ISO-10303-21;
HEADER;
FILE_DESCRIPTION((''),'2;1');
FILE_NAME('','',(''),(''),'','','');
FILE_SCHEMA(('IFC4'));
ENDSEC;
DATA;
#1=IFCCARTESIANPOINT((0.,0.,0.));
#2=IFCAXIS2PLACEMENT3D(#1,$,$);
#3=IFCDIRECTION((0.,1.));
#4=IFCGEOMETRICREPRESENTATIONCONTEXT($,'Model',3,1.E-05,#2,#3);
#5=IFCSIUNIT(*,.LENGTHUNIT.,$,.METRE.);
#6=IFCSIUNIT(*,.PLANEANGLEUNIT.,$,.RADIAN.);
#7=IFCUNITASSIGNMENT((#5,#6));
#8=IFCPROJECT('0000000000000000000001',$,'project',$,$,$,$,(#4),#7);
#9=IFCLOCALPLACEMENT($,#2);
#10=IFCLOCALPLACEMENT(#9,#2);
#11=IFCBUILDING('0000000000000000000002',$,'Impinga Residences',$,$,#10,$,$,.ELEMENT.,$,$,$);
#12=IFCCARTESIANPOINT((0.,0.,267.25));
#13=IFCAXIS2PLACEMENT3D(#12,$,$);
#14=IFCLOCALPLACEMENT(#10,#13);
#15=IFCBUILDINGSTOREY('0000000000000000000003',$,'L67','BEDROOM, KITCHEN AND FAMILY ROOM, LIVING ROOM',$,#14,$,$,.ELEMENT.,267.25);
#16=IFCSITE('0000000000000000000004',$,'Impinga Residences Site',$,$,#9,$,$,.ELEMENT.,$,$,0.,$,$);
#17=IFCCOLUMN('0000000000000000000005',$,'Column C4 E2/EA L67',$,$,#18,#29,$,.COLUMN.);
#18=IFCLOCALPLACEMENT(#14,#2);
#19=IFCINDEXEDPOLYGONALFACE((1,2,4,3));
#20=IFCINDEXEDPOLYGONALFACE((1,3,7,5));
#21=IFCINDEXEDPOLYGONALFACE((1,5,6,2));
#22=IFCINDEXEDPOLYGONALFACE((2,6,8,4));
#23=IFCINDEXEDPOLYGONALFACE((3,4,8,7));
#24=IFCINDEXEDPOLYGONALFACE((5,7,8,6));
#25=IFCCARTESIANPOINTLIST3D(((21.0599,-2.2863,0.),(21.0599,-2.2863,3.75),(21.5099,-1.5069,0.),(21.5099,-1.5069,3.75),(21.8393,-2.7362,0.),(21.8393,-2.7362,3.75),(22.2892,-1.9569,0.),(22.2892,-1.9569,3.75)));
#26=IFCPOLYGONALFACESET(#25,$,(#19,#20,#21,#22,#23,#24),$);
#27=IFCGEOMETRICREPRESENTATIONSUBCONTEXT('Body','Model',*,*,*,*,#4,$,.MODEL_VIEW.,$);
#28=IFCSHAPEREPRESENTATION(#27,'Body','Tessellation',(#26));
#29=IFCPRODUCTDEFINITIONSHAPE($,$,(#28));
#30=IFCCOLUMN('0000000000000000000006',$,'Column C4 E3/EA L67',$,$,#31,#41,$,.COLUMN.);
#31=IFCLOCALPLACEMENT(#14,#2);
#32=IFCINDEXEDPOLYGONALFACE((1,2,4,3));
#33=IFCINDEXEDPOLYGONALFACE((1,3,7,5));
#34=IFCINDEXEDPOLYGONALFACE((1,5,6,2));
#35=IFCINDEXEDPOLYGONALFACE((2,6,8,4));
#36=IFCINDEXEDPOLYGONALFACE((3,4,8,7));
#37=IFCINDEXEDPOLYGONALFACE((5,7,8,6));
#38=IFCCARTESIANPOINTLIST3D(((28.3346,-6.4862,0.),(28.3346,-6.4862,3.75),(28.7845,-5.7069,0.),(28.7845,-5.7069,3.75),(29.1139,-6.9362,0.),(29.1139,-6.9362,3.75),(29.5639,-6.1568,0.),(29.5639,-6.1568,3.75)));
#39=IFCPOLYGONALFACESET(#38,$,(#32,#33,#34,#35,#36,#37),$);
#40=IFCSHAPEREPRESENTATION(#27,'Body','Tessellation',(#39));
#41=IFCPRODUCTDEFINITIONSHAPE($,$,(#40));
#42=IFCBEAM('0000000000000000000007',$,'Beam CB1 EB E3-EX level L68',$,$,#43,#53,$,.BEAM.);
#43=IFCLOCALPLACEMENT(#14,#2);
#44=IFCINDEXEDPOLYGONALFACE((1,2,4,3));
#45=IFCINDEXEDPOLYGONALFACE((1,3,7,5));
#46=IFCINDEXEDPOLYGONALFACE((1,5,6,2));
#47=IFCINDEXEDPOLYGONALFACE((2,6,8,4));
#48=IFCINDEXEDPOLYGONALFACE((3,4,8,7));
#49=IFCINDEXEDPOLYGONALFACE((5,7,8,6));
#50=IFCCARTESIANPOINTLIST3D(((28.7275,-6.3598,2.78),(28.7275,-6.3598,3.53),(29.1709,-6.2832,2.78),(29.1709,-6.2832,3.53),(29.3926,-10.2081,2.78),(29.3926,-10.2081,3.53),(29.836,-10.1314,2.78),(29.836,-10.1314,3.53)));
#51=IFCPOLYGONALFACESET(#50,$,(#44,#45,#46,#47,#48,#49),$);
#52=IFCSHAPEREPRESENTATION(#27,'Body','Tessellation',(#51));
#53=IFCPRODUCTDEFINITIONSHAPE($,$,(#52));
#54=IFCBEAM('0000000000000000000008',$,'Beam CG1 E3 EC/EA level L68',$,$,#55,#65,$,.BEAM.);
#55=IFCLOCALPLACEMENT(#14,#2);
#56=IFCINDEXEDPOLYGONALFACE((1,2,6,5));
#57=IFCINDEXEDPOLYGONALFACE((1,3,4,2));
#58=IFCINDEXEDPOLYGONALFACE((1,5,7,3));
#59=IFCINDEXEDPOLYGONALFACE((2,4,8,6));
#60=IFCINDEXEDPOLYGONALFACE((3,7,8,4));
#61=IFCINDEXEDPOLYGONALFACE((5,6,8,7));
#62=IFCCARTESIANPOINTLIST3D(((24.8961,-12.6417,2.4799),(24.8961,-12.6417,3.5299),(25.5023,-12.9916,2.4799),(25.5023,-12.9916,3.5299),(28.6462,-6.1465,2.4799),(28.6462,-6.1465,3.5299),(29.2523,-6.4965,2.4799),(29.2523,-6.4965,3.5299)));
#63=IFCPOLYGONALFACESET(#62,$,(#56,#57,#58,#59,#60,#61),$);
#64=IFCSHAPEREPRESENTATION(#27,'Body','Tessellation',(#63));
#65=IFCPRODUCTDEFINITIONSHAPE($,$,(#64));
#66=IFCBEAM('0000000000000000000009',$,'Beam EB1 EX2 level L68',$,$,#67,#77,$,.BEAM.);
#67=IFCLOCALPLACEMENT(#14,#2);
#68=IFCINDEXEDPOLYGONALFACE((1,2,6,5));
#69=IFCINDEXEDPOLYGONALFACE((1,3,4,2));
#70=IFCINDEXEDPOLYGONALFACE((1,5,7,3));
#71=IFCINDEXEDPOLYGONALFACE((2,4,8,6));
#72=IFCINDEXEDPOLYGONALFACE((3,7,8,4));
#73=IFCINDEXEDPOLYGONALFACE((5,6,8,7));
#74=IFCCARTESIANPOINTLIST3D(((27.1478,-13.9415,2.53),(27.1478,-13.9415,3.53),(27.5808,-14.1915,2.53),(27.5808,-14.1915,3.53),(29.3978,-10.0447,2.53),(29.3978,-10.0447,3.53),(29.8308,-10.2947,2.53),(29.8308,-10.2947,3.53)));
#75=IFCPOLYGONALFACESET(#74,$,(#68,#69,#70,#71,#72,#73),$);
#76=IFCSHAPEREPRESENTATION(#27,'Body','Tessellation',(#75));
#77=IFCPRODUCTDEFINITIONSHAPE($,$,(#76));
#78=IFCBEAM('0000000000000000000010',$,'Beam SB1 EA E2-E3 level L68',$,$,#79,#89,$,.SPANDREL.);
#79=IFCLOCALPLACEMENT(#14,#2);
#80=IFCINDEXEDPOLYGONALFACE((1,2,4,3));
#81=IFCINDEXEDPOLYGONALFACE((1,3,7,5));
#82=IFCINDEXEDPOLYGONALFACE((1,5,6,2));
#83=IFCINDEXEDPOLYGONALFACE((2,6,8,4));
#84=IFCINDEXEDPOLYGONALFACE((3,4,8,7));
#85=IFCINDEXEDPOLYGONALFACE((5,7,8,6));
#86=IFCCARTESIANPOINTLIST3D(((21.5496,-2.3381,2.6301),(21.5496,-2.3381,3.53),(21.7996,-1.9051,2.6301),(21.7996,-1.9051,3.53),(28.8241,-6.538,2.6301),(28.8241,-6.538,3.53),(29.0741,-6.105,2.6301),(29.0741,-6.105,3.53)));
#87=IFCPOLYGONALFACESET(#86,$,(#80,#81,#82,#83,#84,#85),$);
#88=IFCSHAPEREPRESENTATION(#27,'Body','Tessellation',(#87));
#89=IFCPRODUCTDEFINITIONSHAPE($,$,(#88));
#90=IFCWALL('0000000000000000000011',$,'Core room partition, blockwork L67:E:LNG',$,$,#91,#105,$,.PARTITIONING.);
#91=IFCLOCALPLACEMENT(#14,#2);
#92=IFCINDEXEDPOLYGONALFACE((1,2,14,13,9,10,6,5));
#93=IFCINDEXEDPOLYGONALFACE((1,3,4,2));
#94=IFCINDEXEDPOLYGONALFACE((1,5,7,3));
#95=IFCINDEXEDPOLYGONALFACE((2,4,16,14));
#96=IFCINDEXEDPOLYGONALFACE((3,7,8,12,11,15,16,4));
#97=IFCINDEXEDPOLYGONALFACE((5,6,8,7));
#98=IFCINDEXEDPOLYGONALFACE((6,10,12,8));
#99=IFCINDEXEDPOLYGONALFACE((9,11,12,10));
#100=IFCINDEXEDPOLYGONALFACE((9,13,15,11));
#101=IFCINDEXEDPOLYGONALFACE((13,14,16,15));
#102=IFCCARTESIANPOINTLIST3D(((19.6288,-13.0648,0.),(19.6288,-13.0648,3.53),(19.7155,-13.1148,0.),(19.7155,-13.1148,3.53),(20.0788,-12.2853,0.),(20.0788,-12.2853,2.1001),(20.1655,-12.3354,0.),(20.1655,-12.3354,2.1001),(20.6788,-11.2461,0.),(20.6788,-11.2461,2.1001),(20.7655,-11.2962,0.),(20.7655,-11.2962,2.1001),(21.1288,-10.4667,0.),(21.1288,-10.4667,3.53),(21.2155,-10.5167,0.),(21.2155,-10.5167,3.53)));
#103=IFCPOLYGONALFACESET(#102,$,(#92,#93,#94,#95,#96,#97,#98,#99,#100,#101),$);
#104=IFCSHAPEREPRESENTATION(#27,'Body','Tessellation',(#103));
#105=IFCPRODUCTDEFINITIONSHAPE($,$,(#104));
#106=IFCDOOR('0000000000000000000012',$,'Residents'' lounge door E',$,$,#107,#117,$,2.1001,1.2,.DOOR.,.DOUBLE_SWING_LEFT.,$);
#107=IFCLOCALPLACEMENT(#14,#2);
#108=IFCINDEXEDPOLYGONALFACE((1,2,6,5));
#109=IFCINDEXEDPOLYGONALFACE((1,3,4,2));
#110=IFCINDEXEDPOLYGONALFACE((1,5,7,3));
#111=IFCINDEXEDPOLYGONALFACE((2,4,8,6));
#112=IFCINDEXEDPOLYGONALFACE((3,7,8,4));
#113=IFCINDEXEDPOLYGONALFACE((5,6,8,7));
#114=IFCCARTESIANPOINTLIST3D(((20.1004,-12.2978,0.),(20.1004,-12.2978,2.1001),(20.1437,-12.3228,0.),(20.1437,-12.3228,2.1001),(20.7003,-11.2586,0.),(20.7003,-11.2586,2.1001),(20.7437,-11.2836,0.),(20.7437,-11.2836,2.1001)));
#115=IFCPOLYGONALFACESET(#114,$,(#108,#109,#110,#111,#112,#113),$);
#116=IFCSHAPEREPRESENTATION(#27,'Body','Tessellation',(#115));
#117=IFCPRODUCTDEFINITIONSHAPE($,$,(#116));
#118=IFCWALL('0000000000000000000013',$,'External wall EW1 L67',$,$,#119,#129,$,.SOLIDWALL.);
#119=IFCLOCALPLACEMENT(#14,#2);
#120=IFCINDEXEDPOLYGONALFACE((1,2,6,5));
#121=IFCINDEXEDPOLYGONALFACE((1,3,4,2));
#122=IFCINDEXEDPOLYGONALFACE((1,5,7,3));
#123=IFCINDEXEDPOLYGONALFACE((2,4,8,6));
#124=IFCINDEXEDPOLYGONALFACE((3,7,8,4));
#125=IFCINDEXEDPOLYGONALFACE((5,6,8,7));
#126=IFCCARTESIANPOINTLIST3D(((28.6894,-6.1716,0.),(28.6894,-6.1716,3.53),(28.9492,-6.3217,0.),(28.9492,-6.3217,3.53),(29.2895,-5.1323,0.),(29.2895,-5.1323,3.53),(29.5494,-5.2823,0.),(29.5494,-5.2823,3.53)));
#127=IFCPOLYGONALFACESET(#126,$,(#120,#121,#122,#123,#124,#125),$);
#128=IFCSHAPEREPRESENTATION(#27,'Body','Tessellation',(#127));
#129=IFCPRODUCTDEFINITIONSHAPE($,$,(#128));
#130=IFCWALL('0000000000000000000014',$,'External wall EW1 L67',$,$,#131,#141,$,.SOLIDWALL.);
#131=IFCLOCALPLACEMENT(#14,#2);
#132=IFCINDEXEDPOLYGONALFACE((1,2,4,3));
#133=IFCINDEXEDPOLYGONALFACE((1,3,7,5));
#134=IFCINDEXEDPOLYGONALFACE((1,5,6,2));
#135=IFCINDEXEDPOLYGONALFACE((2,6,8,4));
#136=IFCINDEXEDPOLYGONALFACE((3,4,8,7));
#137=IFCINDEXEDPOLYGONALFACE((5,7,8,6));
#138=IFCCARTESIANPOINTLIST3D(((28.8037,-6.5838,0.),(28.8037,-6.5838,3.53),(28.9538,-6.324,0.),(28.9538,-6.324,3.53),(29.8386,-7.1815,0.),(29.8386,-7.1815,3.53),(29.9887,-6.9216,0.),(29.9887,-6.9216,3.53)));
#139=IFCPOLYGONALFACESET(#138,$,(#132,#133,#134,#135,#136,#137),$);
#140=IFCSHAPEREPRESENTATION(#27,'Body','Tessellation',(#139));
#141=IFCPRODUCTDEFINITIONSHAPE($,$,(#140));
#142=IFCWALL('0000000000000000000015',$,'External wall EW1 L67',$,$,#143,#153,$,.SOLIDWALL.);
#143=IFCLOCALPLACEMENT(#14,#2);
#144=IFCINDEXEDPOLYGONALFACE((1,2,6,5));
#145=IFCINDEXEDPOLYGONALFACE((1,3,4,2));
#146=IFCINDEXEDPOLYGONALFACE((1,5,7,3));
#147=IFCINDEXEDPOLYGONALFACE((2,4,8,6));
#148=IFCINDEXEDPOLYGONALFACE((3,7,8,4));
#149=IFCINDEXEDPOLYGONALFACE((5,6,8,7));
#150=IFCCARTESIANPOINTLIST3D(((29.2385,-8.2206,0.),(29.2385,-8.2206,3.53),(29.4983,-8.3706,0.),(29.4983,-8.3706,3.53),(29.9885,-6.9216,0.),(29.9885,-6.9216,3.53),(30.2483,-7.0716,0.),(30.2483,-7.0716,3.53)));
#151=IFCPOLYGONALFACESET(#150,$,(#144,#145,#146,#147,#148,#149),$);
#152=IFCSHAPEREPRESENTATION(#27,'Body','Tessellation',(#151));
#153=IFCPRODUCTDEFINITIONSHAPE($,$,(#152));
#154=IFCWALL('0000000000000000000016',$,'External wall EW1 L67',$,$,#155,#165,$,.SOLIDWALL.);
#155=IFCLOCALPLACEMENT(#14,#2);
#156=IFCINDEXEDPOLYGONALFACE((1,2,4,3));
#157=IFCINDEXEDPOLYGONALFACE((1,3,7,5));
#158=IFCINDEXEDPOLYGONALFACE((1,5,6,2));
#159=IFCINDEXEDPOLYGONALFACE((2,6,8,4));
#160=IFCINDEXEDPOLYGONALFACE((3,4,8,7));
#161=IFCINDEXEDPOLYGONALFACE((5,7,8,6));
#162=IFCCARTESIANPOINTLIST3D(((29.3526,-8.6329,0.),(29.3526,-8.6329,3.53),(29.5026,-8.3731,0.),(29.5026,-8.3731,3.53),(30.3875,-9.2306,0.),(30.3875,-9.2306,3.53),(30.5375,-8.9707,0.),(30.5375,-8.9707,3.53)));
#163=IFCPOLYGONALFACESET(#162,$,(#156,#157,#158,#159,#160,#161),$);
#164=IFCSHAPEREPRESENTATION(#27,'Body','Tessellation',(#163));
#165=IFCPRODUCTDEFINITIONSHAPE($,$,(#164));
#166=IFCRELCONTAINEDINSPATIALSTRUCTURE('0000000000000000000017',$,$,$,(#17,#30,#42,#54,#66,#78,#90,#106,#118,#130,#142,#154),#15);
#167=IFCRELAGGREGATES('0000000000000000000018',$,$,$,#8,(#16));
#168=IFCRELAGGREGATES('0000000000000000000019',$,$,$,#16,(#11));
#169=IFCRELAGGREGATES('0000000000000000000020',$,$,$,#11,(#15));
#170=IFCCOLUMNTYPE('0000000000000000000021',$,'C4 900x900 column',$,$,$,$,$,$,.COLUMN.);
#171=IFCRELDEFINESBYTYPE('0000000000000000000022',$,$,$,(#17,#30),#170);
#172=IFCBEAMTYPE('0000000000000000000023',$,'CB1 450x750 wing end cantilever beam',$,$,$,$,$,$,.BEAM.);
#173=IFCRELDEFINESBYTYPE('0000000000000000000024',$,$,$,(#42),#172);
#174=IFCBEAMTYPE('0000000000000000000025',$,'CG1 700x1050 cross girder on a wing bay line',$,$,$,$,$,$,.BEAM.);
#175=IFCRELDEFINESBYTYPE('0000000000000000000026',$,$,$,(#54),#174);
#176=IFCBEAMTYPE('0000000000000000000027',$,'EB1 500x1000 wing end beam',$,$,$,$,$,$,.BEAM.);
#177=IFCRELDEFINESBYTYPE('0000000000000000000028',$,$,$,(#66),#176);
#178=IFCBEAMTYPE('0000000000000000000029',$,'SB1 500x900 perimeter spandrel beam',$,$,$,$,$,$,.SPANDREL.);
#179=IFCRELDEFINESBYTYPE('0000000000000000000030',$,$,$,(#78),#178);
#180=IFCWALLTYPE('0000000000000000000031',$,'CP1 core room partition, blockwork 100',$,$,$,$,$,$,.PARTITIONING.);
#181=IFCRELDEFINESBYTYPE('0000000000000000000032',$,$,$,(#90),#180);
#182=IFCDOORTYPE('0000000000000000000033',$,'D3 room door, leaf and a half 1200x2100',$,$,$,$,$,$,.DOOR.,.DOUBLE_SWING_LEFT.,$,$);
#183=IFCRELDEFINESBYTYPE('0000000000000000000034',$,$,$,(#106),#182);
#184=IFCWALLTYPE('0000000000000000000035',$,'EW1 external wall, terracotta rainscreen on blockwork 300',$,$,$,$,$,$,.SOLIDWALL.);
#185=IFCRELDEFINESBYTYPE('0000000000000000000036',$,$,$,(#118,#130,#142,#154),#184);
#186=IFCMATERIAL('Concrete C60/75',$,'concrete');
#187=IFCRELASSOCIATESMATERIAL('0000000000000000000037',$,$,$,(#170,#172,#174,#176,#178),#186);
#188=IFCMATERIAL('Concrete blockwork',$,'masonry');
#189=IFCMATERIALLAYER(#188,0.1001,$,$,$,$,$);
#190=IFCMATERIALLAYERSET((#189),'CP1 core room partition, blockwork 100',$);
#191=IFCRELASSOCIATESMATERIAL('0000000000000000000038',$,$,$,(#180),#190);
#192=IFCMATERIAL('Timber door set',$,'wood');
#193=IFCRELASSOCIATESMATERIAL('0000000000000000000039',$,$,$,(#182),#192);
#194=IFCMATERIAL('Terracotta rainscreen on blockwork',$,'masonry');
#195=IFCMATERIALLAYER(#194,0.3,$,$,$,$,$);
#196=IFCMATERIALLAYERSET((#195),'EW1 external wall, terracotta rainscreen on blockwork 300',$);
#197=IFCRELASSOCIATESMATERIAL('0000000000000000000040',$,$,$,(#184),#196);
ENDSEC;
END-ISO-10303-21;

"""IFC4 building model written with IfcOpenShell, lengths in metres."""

from ifc_helpers import new_model, si_unit, direction, frame, frame_2d, origin, origin_2d, place, context, subcontext, project, spatial, rectangle, extrude, material, layer, layer_set, material_profile, profile_set, type_object, element, fill, save


model = new_model("IFC4")

# Units and contexts
model_context = context("Model", 3, precision=1e-05, world=origin(), true_north=direction((0.0, 1.0)))
body_context = subcontext(model_context, "Body", "Model", "MODEL_VIEW")
ifc_project = project(units=[si_unit("LENGTHUNIT", "METRE"), si_unit("PLANEANGLEUNIT", "RADIAN")], contexts=[model_context])

# Site, building, storey
site_placement = place(None, origin())
site = spatial("IfcSite", under=ifc_project, at=site_placement, Name="Impinga Residences Site", CompositionType="ELEMENT", RefElevation=0.0)
building_placement = place(site_placement, origin())
building = spatial("IfcBuilding", under=site, at=building_placement, Name="Impinga Residences", CompositionType="ELEMENT")
storey_placement = place(building_placement, frame((0.0, 0.0, 267.25)))
storey = spatial("IfcBuildingStorey", under=building, at=storey_placement, Name="L67", Description="BEDROOM, KITCHEN AND FAMILY ROOM, LIVING ROOM", CompositionType="ELEMENT", Elevation=267.25)

# Columns
ifc_material_1 = material(Name="Concrete C60/75", Category="concrete")
ifc_material_profile_1 = material_profile(ifc_material_1, rectangle(XDim=0.8999, YDim=0.8999, at=origin_2d()), Name="RC 900x900")
ifc_profile_set_1 = profile_set([ifc_material_profile_1], Name="Concrete C60/75")
column_type = type_object("IfcColumnType", Name="C4 900x900 column", PredefinedType="COLUMN", material=ifc_profile_set_1)
for number, where, z_axis, x_axis, name in (
    (1, (21.6746, -2.1216, 0.0), (0.0, 0.0, 1.0), (-0.5, -0.866025, 0.0), "Column C4 E2/EA L67"),
    (2, (28.9492, -6.3215, 0.0), (0.0, 0.0, 1.0), (-0.5, -0.866025, 0.0), "Column C4 E3/EA L67"),
):
    element("IfcColumn", number, at=place(storey_placement, frame(where, z_axis=z_axis, x_axis=x_axis)), inside=storey, type_object=column_type, Name=name, PredefinedType="COLUMN", context=body_context, shape_type="SweptSolid", body=[
        extrude(rectangle(XDim=0.8999, YDim=0.8999, at=origin_2d()), origin(), (0.0, 0.0, 1.0), 3.75),
    ])

# Beams
ifc_material_profile_2 = material_profile(ifc_material_1, rectangle(XDim=0.45, YDim=0.75, at=origin_2d()), Name="RC 450x750")
ifc_profile_set_2 = profile_set([ifc_material_profile_2], Name="Concrete C60/75")
beam_type_1 = type_object("IfcBeamType", Name="CB1 450x750 wing end cantilever beam", PredefinedType="BEAM", material=ifc_profile_set_2)
beam_1_placement = place(storey_placement, frame((28.9492, -6.3215, 3.155), z_axis=(0.170296, -0.985393, 0.0), x_axis=(0.985393, 0.170296, 0.0)))
element("IfcBeam", 3, at=beam_1_placement, inside=storey, type_object=beam_type_1, Name="Beam CB1 EB E3-EX level L68", PredefinedType="BEAM", context=body_context, shape_type="SweptSolid", body=[
    extrude(rectangle(XDim=0.45, YDim=0.75, at=origin_2d()), origin(), (0.0, 0.0, 1.0), 3.9053),
])
ifc_material_profile_3 = material_profile(ifc_material_1, rectangle(XDim=0.7, YDim=1.05, at=origin_2d()), Name="RC 700x1050")
ifc_profile_set_3 = profile_set([ifc_material_profile_3], Name="Concrete C60/75")
beam_type_2 = type_object("IfcBeamType", Name="CG1 700x1050 cross girder on a wing bay line", PredefinedType="BEAM", material=ifc_profile_set_3)
beam_2_placement = place(storey_placement, frame((25.1992, -12.8167, 3.0049), z_axis=(0.500004, 0.866023, 0.0), x_axis=(-0.866023, 0.500004, 0.0)))
element("IfcBeam", 4, at=beam_2_placement, inside=storey, type_object=beam_type_2, Name="Beam CG1 E3 EC/EA level L68", PredefinedType="BEAM", context=body_context, shape_type="SweptSolid", body=[
    extrude(rectangle(XDim=0.7, YDim=1.05, at=origin_2d()), origin(), (0.0, 0.0, 1.0), 7.5),
])
ifc_material_profile_4 = material_profile(ifc_material_1, rectangle(XDim=0.5, YDim=1.0, at=origin_2d()), Name="RC 500x1000")
ifc_profile_set_4 = profile_set([ifc_material_profile_4], Name="Concrete C60/75")
beam_type_3 = type_object("IfcBeamType", Name="EB1 500x1000 wing end beam", PredefinedType="BEAM", material=ifc_profile_set_4)
beam_3_placement = place(storey_placement, frame((29.6143, -10.1697, 3.03), z_axis=(-0.500014, -0.866018, 0.0), x_axis=(0.866018, -0.500014, 0.0)))
element("IfcBeam", 5, at=beam_3_placement, inside=storey, type_object=beam_type_3, Name="Beam EB1 EX2 level L68", PredefinedType="BEAM", context=body_context, shape_type="SweptSolid", body=[
    extrude(rectangle(XDim=0.5, YDim=1.0, at=origin_2d()), origin(), (0.0, 0.0, 1.0), 4.4998),
])
ifc_material_profile_5 = material_profile(ifc_material_1, rectangle(XDim=0.5, YDim=0.8999, at=origin_2d()), Name="RC 500x900")
ifc_profile_set_5 = profile_set([ifc_material_profile_5], Name="Concrete C60/75")
beam_type_4 = type_object("IfcBeamType", Name="SB1 500x900 perimeter spandrel beam", PredefinedType="SPANDREL", material=ifc_profile_set_5)
beam_4_placement = place(storey_placement, frame((21.6746, -2.1216, 3.0801), z_axis=(0.866029, -0.499993, 0.0), x_axis=(0.499993, 0.866029, 0.0)))
element("IfcBeam", 6, at=beam_4_placement, inside=storey, type_object=beam_type_4, Name="Beam SB1 EA E2-E3 level L68", PredefinedType="SPANDREL", context=body_context, shape_type="SweptSolid", body=[
    extrude(rectangle(XDim=0.5, YDim=0.8999, at=origin_2d()), origin(), (0.0, 0.0, 1.0), 8.3999),
])

# Wall, opening, door
ifc_material_2 = material(Name="Concrete blockwork", Category="masonry")
ifc_layer_1 = layer(ifc_material_2, 0.1001)
ifc_layer_set_1 = layer_set([ifc_layer_1], Name="CP1 core room partition, blockwork 100")
wall_type_1 = type_object("IfcWallType", Name="CP1 core room partition, blockwork 100", PredefinedType="PARTITIONING", material=ifc_layer_set_1)
wall_1_placement = place(storey_placement, frame((21.1721, -10.4917, 0.0), z_axis=(0.0, 0.0, 1.0), x_axis=(-0.49999, -0.866031, 0.0)))
wall_1 = element("IfcWall", 7, at=wall_1_placement, inside=storey, type_object=wall_type_1, Name="Core room partition, blockwork L67:E:LNG", PredefinedType="PARTITIONING", context=body_context, shape_type="SweptSolid", body=[
    extrude(rectangle(XDim=3.0, YDim=0.1001, at=frame_2d((1.5, 0.0))), origin(), (0.0, 0.0, 1.0), 3.53),
])
opening_1_placement = place(wall_1_placement, frame((0.8999, 0.0, 0.0)))
opening_1 = element("IfcOpeningElement", 8, at=opening_1_placement, cuts=wall_1, PredefinedType="OPENING", context=body_context, shape_type="SweptSolid", body=[
    extrude(rectangle(XDim=1.2, YDim=2.1001, at=frame_2d((0.6001, 1.05))), frame((0.0, 0.0601, 0.0), z_axis=(0.0, -1.0, 0.0), x_axis=(1.0, 0.0, 0.0)), (0.0, 0.0, 1.0), 0.1201),
])
ifc_material_3 = material(Name="Timber door set", Category="wood")
door_type_1 = type_object("IfcDoorType", Name="D3 room door, leaf and a half 1200x2100", OperationType="DOUBLE_SWING_LEFT", PredefinedType="DOOR", material=ifc_material_3)
door_1_placement = place(opening_1_placement, origin())
door_1 = element("IfcDoor", 9, at=door_1_placement, inside=storey, type_object=door_type_1, Name="Residents' lounge door E", OperationType="DOUBLE_SWING_LEFT", OverallHeight=2.1001, OverallWidth=1.2, PredefinedType="DOOR", context=body_context, shape_type="SweptSolid", body=[
    extrude(rectangle(XDim=1.2, YDim=2.1001, at=frame_2d((0.6001, 1.05))), frame((0.0, 0.0249, 0.0), z_axis=(0.0, -1.0, 0.0), x_axis=(1.0, 0.0, 0.0)), (0.0, 0.0, 1.0), 0.05),
])
fill(opening_1, door_1)

# Walls
ifc_material_4 = material(Name="Terracotta rainscreen on blockwork", Category="masonry")
ifc_layer_2 = layer(ifc_material_4, 0.3)
ifc_layer_set_2 = layer_set([ifc_layer_2], Name="EW1 external wall, terracotta rainscreen on blockwork 300")
wall_type_2 = type_object("IfcWallType", Name="EW1 external wall, terracotta rainscreen on blockwork 300", PredefinedType="SOLIDWALL", material=ifc_layer_set_2)
wall_2_placement = place(storey_placement, frame((29.4194, -5.2073, 0.0), z_axis=(0.0, 0.0, 1.0), x_axis=(-0.500034, -0.866006, 0.0)))
element("IfcWall", 10, at=wall_2_placement, inside=storey, type_object=wall_type_2, Name="External wall EW1 L67", PredefinedType="SOLIDWALL", context=body_context, shape_type="SweptSolid", body=[
    extrude(rectangle(XDim=1.2002, YDim=0.3, at=frame_2d((0.6001, 0.0))), origin(), (0.0, 0.0, 1.0), 3.53),
])
wall_3_placement = place(storey_placement, frame((28.8787, -6.4539, 0.0), z_axis=(0.0, 0.0, 1.0), x_axis=(0.865971, -0.500094, 0.0)))
element("IfcWall", 11, at=wall_3_placement, inside=storey, type_object=wall_type_2, Name="External wall EW1 L67", PredefinedType="SOLIDWALL", context=body_context, shape_type="SweptSolid", body=[
    extrude(rectangle(XDim=1.1951, YDim=0.3, at=frame_2d((0.5977, 0.0))), origin(), (0.0, 0.0, 1.0), 3.53),
])
wall_4_placement = place(storey_placement, frame((30.1184, -6.9966, 0.0), z_axis=(0.0, 0.0, 1.0), x_axis=(-0.49999, -0.866031, 0.0)))
element("IfcWall", 12, at=wall_4_placement, inside=storey, type_object=wall_type_2, Name="External wall EW1 L67", PredefinedType="SOLIDWALL", context=body_context, shape_type="SweptSolid", body=[
    extrude(rectangle(XDim=1.5, YDim=0.3, at=frame_2d((0.75, 0.0))), origin(), (0.0, 0.0, 1.0), 3.53),
])
wall_5_placement = place(storey_placement, frame((29.4275, -8.5029, 0.0), z_axis=(0.0, 0.0, 1.0), x_axis=(0.865971, -0.500094, 0.0)))
element("IfcWall", 13, at=wall_5_placement, inside=storey, type_object=wall_type_2, Name="External wall EW1 L67", PredefinedType="SOLIDWALL", context=body_context, shape_type="SweptSolid", body=[
    extrude(rectangle(XDim=1.1951, YDim=0.3, at=frame_2d((0.5977, 0.0))), origin(), (0.0, 0.0, 1.0), 3.53),
])

save(model, "model.ifc")
